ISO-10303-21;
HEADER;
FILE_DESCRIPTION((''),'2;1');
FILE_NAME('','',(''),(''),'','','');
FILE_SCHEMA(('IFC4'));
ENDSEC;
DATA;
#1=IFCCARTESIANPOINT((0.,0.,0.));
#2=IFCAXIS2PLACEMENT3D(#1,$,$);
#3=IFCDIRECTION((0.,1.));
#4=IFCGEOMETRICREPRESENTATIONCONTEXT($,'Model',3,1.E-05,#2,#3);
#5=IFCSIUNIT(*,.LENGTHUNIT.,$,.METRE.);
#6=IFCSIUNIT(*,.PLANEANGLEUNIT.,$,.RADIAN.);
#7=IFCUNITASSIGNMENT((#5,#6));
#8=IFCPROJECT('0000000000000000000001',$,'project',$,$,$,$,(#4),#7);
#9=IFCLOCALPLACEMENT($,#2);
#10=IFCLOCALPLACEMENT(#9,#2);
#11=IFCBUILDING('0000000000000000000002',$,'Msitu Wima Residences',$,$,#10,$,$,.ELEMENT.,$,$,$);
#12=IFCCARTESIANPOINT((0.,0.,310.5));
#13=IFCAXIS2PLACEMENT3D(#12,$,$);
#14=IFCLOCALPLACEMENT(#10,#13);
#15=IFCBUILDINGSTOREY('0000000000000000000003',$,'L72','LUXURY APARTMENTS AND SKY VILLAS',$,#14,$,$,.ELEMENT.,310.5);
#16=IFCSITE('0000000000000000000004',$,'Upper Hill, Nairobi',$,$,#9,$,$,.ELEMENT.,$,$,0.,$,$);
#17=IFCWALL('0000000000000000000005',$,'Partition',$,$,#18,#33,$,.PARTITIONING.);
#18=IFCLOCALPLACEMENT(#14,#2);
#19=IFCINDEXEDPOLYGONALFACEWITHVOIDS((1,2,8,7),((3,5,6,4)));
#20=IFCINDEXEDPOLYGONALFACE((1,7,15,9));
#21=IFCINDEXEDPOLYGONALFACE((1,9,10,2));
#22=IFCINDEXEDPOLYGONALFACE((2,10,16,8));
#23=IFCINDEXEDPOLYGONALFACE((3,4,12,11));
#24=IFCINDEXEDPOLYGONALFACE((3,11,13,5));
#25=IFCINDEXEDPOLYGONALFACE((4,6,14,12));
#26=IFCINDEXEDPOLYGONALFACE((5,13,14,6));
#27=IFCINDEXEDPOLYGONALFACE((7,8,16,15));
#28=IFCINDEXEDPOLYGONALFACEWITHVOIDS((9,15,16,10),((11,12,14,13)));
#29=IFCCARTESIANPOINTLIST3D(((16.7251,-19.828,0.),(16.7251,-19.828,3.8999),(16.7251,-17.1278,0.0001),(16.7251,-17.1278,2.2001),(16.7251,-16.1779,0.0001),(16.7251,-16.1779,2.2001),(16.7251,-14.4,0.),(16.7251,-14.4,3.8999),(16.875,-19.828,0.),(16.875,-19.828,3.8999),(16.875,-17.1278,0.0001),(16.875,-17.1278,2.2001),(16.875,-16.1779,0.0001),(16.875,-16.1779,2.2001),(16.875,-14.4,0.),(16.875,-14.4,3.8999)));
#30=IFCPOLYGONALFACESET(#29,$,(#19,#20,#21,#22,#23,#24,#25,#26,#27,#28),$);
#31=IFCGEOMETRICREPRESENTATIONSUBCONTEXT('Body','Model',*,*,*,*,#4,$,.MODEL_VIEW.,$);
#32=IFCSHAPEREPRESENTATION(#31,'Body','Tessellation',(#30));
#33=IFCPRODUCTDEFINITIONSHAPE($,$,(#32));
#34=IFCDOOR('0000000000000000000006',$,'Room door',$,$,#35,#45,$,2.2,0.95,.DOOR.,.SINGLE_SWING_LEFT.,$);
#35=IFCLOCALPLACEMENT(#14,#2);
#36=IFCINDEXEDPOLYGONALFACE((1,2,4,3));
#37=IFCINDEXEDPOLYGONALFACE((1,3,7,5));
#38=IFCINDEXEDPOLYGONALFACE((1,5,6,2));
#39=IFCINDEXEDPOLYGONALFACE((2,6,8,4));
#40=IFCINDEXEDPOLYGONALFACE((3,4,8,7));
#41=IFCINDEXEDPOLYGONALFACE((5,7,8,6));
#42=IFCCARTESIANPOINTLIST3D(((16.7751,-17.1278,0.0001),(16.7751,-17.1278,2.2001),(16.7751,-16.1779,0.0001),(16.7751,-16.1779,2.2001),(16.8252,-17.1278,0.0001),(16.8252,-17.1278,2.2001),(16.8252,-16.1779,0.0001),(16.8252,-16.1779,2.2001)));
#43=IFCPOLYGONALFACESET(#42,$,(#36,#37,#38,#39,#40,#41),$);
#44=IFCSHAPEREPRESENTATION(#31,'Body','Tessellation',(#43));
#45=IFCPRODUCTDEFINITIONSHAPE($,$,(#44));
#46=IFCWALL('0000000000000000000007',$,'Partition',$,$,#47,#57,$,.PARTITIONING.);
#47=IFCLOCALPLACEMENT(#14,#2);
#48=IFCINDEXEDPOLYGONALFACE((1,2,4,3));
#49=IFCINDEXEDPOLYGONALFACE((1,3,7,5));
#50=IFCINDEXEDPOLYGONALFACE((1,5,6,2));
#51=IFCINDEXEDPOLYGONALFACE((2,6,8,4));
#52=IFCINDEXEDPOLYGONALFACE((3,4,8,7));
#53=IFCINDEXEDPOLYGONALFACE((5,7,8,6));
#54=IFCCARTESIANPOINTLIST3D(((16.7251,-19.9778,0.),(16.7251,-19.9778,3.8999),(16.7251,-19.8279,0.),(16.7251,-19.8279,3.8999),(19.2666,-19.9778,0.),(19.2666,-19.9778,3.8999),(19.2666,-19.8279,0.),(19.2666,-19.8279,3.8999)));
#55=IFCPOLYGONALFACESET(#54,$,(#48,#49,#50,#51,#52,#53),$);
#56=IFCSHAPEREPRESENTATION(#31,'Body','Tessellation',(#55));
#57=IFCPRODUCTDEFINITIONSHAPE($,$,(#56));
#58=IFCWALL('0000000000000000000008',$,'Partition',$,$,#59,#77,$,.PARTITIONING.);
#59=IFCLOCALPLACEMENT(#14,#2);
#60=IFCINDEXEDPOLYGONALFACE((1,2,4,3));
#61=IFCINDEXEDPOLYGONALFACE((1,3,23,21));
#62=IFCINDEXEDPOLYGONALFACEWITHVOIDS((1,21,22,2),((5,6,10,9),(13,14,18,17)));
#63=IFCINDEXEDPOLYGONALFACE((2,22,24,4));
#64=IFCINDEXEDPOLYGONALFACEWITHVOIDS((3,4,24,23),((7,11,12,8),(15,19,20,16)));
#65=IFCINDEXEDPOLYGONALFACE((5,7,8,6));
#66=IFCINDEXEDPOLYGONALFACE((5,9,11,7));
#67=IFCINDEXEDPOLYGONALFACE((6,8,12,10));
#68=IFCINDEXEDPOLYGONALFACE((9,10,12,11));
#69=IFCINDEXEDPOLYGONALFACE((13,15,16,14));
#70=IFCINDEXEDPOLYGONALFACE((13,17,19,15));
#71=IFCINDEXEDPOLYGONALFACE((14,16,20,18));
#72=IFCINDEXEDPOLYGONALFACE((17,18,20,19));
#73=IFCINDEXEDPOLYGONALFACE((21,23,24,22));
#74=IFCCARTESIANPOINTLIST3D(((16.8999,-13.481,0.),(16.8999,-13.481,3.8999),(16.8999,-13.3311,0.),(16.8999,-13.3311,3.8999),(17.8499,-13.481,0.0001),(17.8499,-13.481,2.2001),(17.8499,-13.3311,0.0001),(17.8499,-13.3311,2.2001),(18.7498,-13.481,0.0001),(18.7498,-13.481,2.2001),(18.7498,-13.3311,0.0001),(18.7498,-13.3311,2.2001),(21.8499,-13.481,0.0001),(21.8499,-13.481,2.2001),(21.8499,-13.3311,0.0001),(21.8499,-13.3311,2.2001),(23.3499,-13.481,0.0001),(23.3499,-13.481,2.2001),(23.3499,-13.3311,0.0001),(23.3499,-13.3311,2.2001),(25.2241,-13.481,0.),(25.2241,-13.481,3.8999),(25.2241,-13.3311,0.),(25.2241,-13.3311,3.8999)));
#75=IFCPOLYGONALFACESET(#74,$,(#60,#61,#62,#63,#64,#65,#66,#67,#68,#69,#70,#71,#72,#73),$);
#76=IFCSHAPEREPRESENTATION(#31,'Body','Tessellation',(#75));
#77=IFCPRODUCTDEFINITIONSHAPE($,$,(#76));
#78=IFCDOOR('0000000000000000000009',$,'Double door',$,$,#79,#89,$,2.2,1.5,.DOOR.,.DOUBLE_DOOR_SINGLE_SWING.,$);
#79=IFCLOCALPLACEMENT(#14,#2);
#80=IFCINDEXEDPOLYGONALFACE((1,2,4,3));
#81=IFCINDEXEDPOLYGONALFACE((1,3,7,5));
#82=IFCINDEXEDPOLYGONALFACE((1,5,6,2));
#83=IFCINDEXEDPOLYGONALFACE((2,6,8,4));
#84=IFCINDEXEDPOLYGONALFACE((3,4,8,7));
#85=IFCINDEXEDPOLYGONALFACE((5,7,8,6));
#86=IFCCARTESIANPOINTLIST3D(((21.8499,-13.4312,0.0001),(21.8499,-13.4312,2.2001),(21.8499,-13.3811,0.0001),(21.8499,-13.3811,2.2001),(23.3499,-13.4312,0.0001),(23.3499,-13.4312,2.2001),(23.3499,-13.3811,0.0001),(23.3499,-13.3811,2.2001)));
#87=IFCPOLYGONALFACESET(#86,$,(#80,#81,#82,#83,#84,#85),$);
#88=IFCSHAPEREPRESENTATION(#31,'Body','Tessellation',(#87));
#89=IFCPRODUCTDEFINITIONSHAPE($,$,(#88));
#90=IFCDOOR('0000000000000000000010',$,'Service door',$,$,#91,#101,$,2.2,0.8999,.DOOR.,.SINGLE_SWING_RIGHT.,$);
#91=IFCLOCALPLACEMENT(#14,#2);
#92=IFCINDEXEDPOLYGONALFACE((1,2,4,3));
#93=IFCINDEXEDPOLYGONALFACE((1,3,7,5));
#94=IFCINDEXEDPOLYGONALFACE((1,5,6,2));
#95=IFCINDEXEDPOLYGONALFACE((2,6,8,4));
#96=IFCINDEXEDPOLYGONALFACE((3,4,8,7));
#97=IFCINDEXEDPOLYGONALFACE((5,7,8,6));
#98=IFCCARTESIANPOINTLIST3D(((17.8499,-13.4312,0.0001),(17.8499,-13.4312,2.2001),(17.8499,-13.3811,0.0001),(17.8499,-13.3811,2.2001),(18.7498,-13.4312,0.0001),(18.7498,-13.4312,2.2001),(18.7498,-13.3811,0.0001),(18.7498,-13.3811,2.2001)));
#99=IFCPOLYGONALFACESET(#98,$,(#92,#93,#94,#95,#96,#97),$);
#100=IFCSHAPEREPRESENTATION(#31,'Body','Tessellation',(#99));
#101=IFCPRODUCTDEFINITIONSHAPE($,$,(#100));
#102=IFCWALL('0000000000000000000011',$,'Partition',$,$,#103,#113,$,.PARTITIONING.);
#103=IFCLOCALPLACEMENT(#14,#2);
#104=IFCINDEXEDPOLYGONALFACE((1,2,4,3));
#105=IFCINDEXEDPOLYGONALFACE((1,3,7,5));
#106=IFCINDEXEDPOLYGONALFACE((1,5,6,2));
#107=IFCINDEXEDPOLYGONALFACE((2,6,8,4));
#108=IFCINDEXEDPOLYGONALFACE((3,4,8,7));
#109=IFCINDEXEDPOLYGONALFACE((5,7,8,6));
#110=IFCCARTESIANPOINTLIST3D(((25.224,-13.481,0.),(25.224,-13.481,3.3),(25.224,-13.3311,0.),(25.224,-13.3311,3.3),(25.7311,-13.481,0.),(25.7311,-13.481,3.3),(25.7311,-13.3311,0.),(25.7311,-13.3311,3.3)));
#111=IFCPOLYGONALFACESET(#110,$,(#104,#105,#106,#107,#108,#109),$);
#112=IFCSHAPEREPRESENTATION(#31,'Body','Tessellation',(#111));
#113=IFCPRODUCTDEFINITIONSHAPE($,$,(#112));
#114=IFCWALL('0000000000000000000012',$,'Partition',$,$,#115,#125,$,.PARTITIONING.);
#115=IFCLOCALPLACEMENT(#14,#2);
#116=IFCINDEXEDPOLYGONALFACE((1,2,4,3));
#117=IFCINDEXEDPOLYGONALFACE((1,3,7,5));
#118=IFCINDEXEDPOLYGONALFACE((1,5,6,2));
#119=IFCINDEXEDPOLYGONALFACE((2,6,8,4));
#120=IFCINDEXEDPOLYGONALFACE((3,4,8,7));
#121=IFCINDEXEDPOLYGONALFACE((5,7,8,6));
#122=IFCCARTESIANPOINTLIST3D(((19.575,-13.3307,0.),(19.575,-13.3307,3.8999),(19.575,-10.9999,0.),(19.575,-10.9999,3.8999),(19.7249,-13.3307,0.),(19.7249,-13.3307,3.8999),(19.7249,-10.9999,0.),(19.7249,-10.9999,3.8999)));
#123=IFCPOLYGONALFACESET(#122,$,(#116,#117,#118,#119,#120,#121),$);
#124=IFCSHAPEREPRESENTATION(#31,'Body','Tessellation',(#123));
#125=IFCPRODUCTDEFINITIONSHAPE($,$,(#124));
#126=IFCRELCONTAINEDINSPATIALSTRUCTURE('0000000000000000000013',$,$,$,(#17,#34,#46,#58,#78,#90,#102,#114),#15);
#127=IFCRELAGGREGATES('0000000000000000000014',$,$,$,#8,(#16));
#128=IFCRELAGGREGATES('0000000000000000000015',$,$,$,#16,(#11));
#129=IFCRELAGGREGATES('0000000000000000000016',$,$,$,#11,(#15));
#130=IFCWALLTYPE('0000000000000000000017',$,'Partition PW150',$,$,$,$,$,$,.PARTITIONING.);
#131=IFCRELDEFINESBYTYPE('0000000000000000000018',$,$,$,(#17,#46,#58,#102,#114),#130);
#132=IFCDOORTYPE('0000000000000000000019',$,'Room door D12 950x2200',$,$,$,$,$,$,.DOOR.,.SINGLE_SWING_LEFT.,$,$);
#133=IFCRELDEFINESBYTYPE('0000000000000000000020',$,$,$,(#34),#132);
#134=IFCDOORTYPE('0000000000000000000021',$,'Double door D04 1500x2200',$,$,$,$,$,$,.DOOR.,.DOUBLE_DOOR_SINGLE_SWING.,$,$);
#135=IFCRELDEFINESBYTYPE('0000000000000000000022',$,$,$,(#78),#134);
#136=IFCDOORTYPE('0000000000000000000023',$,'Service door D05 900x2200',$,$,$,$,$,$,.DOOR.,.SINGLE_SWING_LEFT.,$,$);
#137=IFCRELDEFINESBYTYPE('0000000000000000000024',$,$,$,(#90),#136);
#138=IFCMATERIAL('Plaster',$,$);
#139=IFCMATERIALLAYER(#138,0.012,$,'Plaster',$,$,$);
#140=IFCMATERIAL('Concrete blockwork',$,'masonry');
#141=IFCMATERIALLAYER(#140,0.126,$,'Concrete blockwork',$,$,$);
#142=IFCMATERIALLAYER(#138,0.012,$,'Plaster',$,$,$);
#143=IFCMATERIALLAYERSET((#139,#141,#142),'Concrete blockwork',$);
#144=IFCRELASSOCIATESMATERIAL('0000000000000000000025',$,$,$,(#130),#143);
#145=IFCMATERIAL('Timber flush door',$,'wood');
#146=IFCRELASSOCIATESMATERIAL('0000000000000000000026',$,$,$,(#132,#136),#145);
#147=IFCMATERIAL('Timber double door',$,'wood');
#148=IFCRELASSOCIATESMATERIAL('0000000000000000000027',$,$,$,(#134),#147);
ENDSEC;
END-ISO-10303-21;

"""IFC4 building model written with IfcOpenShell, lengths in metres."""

from ifc_helpers import new_model, si_unit, direction, frame, frame_2d, origin, place, context, subcontext, project, spatial, rectangle, extrude, material, layer, layer_set, type_object, element, fill, save


model = new_model("IFC4")

# Units and contexts
model_context = context("Model", 3, precision=1e-05, world=origin(), true_north=direction((0.0, 1.0)))
body_context = subcontext(model_context, "Body", "Model", "MODEL_VIEW")
ifc_project = project(units=[si_unit("LENGTHUNIT", "METRE"), si_unit("PLANEANGLEUNIT", "RADIAN")], contexts=[model_context])

# Site, building, storey
site_placement = place(None, origin())
site = spatial("IfcSite", under=ifc_project, at=site_placement, Name="Upper Hill, Nairobi", CompositionType="ELEMENT", RefElevation=0.0)
building_placement = place(site_placement, origin())
building = spatial("IfcBuilding", under=site, at=building_placement, Name="Msitu Wima Residences", CompositionType="ELEMENT")
storey_placement = place(building_placement, frame((0.0, 0.0, 310.5)))
storey = spatial("IfcBuildingStorey", under=building, at=storey_placement, Name="L72", Description="LUXURY APARTMENTS AND SKY VILLAS", CompositionType="ELEMENT", Elevation=310.5)

# Shared definitions
ifc_material_1 = material(Name="Plaster")
ifc_material_2 = material(Name="Concrete blockwork", Category="masonry")

# Wall, opening, door
ifc_layer_1 = layer(ifc_material_1, 0.012, Name="Plaster")
ifc_layer_2 = layer(ifc_material_2, 0.126, Name="Concrete blockwork")
ifc_layer_3 = layer(ifc_material_1, 0.012, Name="Plaster")
ifc_layer_set_1 = layer_set([ifc_layer_1, ifc_layer_2, ifc_layer_3], Name="Concrete blockwork")
wall_type_1 = type_object("IfcWallType", Name="Partition PW150", PredefinedType="PARTITIONING", material=ifc_layer_set_1)
wall_1_placement = place(storey_placement, frame((16.8, -19.8279, 0.0), z_axis=(0.0, 0.0, 1.0), x_axis=(0.0, 1.0, 0.0)))
wall_1 = element("IfcWall", 1, at=wall_1_placement, inside=storey, type_object=wall_type_1, Name="Partition", PredefinedType="PARTITIONING", context=body_context, shape_type="SweptSolid", body=[
    extrude(rectangle(XDim=5.428, YDim=0.1499, at=frame_2d((2.7139, 0.0))), origin(), (0.0, 0.0, 1.0), 3.8999),
])
opening_1_placement = place(wall_1_placement, frame((2.7, 0.0, 0.0)))
opening_1 = element("IfcOpeningElement", 2, at=opening_1_placement, cuts=wall_1, PredefinedType="OPENING", context=body_context, shape_type="SweptSolid", body=[
    extrude(rectangle(XDim=0.95, YDim=2.2, at=frame_2d((0.4751, 1.1001))), frame((0.0, 0.085, 0.0), z_axis=(0.0, -1.0, 0.0), x_axis=(1.0, 0.0, 0.0)), (0.0, 0.0, 1.0), 0.1699),
])
ifc_material_3 = material(Name="Timber flush door", Category="wood")
door_type_1 = type_object("IfcDoorType", Name="Room door D12 950x2200", OperationType="SINGLE_SWING_LEFT", PredefinedType="DOOR", material=ifc_material_3)
door_1_placement = place(opening_1_placement, origin())
door_1 = element("IfcDoor", 3, at=door_1_placement, inside=storey, type_object=door_type_1, Name="Room door", OperationType="SINGLE_SWING_LEFT", OverallHeight=2.2, OverallWidth=0.95, PredefinedType="DOOR", context=body_context, shape_type="SweptSolid", body=[
    extrude(rectangle(XDim=0.95, YDim=2.2, at=frame_2d((0.4751, 1.1001))), frame((0.0, 0.0249, 0.0), z_axis=(0.0, -1.0, 0.0), x_axis=(1.0, 0.0, 0.0)), (0.0, 0.0, 1.0), 0.05),
])
fill(opening_1, door_1)

# Wall
wall_2_placement = place(storey_placement, frame((16.7251, -19.9028, 0.0), z_axis=(0.0, 0.0, 1.0), x_axis=(1.0, 0.0, 0.0)))
element("IfcWall", 4, at=wall_2_placement, inside=storey, type_object=wall_type_1, Name="Partition", PredefinedType="PARTITIONING", context=body_context, shape_type="SweptSolid", body=[
    extrude(rectangle(XDim=2.5415, YDim=0.1499, at=frame_2d((1.2708, 0.0))), origin(), (0.0, 0.0, 1.0), 3.8999),
])

# Wall, openings, doors
wall_3_placement = place(storey_placement, frame((16.8999, -13.406, 0.0), z_axis=(0.0, 0.0, 1.0), x_axis=(1.0, 0.0, 0.0)))
wall_3 = element("IfcWall", 5, at=wall_3_placement, inside=storey, type_object=wall_type_1, Name="Partition", PredefinedType="PARTITIONING", context=body_context, shape_type="SweptSolid", body=[
    extrude(rectangle(XDim=8.3242, YDim=0.1499, at=frame_2d((4.1621, 0.0))), origin(), (0.0, 0.0, 1.0), 3.8999),
])
opening_2_placement = place(wall_3_placement, frame((4.95, 0.0, 0.0)))
opening_2 = element("IfcOpeningElement", 6, at=opening_2_placement, cuts=wall_3, PredefinedType="OPENING", context=body_context, shape_type="SweptSolid", body=[
    extrude(rectangle(XDim=1.5, YDim=2.2, at=frame_2d((0.75, 1.1001))), frame((0.0, 0.085, 0.0), z_axis=(0.0, -1.0, 0.0), x_axis=(1.0, 0.0, 0.0)), (0.0, 0.0, 1.0), 0.1699),
])
opening_3_placement = place(wall_3_placement, frame((0.95, 0.0, 0.0)))
opening_3 = element("IfcOpeningElement", 7, at=opening_3_placement, cuts=wall_3, PredefinedType="OPENING", context=body_context, shape_type="SweptSolid", body=[
    extrude(rectangle(XDim=0.8999, YDim=2.2, at=frame_2d((0.45, 1.1001))), frame((0.0, 0.085, 0.0), z_axis=(0.0, -1.0, 0.0), x_axis=(1.0, 0.0, 0.0)), (0.0, 0.0, 1.0), 0.1699),
])
ifc_material_4 = material(Name="Timber double door", Category="wood")
door_type_2 = type_object("IfcDoorType", Name="Double door D04 1500x2200", OperationType="DOUBLE_DOOR_SINGLE_SWING", PredefinedType="DOOR", material=ifc_material_4)
door_2_placement = place(opening_2_placement, origin())
door_2 = element("IfcDoor", 8, at=door_2_placement, inside=storey, type_object=door_type_2, Name="Double door", OperationType="DOUBLE_DOOR_SINGLE_SWING", OverallHeight=2.2, OverallWidth=1.5, PredefinedType="DOOR", context=body_context, shape_type="SweptSolid", body=[
    extrude(rectangle(XDim=1.5, YDim=2.2, at=frame_2d((0.75, 1.1001))), frame((0.0, 0.0249, 0.0), z_axis=(0.0, -1.0, 0.0), x_axis=(1.0, 0.0, 0.0)), (0.0, 0.0, 1.0), 0.05),
])
fill(opening_2, door_2)
door_type_3 = type_object("IfcDoorType", Name="Service door D05 900x2200", OperationType="SINGLE_SWING_LEFT", PredefinedType="DOOR", material=ifc_material_3)
door_3_placement = place(opening_3_placement, origin())
door_3 = element("IfcDoor", 9, at=door_3_placement, inside=storey, type_object=door_type_3, Name="Service door", OperationType="SINGLE_SWING_RIGHT", OverallHeight=2.2, OverallWidth=0.8999, PredefinedType="DOOR", context=body_context, shape_type="SweptSolid", body=[
    extrude(rectangle(XDim=0.8999, YDim=2.2, at=frame_2d((0.45, 1.1001))), frame((0.0, 0.0249, 0.0), z_axis=(0.0, -1.0, 0.0), x_axis=(1.0, 0.0, 0.0)), (0.0, 0.0, 1.0), 0.05),
])
fill(opening_3, door_3)

# Walls
wall_4_placement = place(storey_placement, frame((25.2241, -13.406, 0.0), z_axis=(0.0, 0.0, 1.0), x_axis=(1.0, 0.0, 0.0)))
element("IfcWall", 10, at=wall_4_placement, inside=storey, type_object=wall_type_1, Name="Partition", PredefinedType="PARTITIONING", context=body_context, shape_type="SweptSolid", body=[
    extrude(rectangle(XDim=0.5071, YDim=0.1499, at=frame_2d((0.2534, 0.0))), origin(), (0.0, 0.0, 1.0), 3.3),
])
wall_5_placement = place(storey_placement, frame((19.6499, -13.3308, 0.0), z_axis=(0.0, 0.0, 1.0), x_axis=(0.0, 1.0, 0.0)))
element("IfcWall", 11, at=wall_5_placement, inside=storey, type_object=wall_type_1, Name="Partition", PredefinedType="PARTITIONING", context=body_context, shape_type="SweptSolid", body=[
    extrude(rectangle(XDim=2.3308, YDim=0.1499, at=frame_2d((1.1655, 0.0))), origin(), (0.0, 0.0, 1.0), 3.8999),
])

save(model, "model.ifc")
